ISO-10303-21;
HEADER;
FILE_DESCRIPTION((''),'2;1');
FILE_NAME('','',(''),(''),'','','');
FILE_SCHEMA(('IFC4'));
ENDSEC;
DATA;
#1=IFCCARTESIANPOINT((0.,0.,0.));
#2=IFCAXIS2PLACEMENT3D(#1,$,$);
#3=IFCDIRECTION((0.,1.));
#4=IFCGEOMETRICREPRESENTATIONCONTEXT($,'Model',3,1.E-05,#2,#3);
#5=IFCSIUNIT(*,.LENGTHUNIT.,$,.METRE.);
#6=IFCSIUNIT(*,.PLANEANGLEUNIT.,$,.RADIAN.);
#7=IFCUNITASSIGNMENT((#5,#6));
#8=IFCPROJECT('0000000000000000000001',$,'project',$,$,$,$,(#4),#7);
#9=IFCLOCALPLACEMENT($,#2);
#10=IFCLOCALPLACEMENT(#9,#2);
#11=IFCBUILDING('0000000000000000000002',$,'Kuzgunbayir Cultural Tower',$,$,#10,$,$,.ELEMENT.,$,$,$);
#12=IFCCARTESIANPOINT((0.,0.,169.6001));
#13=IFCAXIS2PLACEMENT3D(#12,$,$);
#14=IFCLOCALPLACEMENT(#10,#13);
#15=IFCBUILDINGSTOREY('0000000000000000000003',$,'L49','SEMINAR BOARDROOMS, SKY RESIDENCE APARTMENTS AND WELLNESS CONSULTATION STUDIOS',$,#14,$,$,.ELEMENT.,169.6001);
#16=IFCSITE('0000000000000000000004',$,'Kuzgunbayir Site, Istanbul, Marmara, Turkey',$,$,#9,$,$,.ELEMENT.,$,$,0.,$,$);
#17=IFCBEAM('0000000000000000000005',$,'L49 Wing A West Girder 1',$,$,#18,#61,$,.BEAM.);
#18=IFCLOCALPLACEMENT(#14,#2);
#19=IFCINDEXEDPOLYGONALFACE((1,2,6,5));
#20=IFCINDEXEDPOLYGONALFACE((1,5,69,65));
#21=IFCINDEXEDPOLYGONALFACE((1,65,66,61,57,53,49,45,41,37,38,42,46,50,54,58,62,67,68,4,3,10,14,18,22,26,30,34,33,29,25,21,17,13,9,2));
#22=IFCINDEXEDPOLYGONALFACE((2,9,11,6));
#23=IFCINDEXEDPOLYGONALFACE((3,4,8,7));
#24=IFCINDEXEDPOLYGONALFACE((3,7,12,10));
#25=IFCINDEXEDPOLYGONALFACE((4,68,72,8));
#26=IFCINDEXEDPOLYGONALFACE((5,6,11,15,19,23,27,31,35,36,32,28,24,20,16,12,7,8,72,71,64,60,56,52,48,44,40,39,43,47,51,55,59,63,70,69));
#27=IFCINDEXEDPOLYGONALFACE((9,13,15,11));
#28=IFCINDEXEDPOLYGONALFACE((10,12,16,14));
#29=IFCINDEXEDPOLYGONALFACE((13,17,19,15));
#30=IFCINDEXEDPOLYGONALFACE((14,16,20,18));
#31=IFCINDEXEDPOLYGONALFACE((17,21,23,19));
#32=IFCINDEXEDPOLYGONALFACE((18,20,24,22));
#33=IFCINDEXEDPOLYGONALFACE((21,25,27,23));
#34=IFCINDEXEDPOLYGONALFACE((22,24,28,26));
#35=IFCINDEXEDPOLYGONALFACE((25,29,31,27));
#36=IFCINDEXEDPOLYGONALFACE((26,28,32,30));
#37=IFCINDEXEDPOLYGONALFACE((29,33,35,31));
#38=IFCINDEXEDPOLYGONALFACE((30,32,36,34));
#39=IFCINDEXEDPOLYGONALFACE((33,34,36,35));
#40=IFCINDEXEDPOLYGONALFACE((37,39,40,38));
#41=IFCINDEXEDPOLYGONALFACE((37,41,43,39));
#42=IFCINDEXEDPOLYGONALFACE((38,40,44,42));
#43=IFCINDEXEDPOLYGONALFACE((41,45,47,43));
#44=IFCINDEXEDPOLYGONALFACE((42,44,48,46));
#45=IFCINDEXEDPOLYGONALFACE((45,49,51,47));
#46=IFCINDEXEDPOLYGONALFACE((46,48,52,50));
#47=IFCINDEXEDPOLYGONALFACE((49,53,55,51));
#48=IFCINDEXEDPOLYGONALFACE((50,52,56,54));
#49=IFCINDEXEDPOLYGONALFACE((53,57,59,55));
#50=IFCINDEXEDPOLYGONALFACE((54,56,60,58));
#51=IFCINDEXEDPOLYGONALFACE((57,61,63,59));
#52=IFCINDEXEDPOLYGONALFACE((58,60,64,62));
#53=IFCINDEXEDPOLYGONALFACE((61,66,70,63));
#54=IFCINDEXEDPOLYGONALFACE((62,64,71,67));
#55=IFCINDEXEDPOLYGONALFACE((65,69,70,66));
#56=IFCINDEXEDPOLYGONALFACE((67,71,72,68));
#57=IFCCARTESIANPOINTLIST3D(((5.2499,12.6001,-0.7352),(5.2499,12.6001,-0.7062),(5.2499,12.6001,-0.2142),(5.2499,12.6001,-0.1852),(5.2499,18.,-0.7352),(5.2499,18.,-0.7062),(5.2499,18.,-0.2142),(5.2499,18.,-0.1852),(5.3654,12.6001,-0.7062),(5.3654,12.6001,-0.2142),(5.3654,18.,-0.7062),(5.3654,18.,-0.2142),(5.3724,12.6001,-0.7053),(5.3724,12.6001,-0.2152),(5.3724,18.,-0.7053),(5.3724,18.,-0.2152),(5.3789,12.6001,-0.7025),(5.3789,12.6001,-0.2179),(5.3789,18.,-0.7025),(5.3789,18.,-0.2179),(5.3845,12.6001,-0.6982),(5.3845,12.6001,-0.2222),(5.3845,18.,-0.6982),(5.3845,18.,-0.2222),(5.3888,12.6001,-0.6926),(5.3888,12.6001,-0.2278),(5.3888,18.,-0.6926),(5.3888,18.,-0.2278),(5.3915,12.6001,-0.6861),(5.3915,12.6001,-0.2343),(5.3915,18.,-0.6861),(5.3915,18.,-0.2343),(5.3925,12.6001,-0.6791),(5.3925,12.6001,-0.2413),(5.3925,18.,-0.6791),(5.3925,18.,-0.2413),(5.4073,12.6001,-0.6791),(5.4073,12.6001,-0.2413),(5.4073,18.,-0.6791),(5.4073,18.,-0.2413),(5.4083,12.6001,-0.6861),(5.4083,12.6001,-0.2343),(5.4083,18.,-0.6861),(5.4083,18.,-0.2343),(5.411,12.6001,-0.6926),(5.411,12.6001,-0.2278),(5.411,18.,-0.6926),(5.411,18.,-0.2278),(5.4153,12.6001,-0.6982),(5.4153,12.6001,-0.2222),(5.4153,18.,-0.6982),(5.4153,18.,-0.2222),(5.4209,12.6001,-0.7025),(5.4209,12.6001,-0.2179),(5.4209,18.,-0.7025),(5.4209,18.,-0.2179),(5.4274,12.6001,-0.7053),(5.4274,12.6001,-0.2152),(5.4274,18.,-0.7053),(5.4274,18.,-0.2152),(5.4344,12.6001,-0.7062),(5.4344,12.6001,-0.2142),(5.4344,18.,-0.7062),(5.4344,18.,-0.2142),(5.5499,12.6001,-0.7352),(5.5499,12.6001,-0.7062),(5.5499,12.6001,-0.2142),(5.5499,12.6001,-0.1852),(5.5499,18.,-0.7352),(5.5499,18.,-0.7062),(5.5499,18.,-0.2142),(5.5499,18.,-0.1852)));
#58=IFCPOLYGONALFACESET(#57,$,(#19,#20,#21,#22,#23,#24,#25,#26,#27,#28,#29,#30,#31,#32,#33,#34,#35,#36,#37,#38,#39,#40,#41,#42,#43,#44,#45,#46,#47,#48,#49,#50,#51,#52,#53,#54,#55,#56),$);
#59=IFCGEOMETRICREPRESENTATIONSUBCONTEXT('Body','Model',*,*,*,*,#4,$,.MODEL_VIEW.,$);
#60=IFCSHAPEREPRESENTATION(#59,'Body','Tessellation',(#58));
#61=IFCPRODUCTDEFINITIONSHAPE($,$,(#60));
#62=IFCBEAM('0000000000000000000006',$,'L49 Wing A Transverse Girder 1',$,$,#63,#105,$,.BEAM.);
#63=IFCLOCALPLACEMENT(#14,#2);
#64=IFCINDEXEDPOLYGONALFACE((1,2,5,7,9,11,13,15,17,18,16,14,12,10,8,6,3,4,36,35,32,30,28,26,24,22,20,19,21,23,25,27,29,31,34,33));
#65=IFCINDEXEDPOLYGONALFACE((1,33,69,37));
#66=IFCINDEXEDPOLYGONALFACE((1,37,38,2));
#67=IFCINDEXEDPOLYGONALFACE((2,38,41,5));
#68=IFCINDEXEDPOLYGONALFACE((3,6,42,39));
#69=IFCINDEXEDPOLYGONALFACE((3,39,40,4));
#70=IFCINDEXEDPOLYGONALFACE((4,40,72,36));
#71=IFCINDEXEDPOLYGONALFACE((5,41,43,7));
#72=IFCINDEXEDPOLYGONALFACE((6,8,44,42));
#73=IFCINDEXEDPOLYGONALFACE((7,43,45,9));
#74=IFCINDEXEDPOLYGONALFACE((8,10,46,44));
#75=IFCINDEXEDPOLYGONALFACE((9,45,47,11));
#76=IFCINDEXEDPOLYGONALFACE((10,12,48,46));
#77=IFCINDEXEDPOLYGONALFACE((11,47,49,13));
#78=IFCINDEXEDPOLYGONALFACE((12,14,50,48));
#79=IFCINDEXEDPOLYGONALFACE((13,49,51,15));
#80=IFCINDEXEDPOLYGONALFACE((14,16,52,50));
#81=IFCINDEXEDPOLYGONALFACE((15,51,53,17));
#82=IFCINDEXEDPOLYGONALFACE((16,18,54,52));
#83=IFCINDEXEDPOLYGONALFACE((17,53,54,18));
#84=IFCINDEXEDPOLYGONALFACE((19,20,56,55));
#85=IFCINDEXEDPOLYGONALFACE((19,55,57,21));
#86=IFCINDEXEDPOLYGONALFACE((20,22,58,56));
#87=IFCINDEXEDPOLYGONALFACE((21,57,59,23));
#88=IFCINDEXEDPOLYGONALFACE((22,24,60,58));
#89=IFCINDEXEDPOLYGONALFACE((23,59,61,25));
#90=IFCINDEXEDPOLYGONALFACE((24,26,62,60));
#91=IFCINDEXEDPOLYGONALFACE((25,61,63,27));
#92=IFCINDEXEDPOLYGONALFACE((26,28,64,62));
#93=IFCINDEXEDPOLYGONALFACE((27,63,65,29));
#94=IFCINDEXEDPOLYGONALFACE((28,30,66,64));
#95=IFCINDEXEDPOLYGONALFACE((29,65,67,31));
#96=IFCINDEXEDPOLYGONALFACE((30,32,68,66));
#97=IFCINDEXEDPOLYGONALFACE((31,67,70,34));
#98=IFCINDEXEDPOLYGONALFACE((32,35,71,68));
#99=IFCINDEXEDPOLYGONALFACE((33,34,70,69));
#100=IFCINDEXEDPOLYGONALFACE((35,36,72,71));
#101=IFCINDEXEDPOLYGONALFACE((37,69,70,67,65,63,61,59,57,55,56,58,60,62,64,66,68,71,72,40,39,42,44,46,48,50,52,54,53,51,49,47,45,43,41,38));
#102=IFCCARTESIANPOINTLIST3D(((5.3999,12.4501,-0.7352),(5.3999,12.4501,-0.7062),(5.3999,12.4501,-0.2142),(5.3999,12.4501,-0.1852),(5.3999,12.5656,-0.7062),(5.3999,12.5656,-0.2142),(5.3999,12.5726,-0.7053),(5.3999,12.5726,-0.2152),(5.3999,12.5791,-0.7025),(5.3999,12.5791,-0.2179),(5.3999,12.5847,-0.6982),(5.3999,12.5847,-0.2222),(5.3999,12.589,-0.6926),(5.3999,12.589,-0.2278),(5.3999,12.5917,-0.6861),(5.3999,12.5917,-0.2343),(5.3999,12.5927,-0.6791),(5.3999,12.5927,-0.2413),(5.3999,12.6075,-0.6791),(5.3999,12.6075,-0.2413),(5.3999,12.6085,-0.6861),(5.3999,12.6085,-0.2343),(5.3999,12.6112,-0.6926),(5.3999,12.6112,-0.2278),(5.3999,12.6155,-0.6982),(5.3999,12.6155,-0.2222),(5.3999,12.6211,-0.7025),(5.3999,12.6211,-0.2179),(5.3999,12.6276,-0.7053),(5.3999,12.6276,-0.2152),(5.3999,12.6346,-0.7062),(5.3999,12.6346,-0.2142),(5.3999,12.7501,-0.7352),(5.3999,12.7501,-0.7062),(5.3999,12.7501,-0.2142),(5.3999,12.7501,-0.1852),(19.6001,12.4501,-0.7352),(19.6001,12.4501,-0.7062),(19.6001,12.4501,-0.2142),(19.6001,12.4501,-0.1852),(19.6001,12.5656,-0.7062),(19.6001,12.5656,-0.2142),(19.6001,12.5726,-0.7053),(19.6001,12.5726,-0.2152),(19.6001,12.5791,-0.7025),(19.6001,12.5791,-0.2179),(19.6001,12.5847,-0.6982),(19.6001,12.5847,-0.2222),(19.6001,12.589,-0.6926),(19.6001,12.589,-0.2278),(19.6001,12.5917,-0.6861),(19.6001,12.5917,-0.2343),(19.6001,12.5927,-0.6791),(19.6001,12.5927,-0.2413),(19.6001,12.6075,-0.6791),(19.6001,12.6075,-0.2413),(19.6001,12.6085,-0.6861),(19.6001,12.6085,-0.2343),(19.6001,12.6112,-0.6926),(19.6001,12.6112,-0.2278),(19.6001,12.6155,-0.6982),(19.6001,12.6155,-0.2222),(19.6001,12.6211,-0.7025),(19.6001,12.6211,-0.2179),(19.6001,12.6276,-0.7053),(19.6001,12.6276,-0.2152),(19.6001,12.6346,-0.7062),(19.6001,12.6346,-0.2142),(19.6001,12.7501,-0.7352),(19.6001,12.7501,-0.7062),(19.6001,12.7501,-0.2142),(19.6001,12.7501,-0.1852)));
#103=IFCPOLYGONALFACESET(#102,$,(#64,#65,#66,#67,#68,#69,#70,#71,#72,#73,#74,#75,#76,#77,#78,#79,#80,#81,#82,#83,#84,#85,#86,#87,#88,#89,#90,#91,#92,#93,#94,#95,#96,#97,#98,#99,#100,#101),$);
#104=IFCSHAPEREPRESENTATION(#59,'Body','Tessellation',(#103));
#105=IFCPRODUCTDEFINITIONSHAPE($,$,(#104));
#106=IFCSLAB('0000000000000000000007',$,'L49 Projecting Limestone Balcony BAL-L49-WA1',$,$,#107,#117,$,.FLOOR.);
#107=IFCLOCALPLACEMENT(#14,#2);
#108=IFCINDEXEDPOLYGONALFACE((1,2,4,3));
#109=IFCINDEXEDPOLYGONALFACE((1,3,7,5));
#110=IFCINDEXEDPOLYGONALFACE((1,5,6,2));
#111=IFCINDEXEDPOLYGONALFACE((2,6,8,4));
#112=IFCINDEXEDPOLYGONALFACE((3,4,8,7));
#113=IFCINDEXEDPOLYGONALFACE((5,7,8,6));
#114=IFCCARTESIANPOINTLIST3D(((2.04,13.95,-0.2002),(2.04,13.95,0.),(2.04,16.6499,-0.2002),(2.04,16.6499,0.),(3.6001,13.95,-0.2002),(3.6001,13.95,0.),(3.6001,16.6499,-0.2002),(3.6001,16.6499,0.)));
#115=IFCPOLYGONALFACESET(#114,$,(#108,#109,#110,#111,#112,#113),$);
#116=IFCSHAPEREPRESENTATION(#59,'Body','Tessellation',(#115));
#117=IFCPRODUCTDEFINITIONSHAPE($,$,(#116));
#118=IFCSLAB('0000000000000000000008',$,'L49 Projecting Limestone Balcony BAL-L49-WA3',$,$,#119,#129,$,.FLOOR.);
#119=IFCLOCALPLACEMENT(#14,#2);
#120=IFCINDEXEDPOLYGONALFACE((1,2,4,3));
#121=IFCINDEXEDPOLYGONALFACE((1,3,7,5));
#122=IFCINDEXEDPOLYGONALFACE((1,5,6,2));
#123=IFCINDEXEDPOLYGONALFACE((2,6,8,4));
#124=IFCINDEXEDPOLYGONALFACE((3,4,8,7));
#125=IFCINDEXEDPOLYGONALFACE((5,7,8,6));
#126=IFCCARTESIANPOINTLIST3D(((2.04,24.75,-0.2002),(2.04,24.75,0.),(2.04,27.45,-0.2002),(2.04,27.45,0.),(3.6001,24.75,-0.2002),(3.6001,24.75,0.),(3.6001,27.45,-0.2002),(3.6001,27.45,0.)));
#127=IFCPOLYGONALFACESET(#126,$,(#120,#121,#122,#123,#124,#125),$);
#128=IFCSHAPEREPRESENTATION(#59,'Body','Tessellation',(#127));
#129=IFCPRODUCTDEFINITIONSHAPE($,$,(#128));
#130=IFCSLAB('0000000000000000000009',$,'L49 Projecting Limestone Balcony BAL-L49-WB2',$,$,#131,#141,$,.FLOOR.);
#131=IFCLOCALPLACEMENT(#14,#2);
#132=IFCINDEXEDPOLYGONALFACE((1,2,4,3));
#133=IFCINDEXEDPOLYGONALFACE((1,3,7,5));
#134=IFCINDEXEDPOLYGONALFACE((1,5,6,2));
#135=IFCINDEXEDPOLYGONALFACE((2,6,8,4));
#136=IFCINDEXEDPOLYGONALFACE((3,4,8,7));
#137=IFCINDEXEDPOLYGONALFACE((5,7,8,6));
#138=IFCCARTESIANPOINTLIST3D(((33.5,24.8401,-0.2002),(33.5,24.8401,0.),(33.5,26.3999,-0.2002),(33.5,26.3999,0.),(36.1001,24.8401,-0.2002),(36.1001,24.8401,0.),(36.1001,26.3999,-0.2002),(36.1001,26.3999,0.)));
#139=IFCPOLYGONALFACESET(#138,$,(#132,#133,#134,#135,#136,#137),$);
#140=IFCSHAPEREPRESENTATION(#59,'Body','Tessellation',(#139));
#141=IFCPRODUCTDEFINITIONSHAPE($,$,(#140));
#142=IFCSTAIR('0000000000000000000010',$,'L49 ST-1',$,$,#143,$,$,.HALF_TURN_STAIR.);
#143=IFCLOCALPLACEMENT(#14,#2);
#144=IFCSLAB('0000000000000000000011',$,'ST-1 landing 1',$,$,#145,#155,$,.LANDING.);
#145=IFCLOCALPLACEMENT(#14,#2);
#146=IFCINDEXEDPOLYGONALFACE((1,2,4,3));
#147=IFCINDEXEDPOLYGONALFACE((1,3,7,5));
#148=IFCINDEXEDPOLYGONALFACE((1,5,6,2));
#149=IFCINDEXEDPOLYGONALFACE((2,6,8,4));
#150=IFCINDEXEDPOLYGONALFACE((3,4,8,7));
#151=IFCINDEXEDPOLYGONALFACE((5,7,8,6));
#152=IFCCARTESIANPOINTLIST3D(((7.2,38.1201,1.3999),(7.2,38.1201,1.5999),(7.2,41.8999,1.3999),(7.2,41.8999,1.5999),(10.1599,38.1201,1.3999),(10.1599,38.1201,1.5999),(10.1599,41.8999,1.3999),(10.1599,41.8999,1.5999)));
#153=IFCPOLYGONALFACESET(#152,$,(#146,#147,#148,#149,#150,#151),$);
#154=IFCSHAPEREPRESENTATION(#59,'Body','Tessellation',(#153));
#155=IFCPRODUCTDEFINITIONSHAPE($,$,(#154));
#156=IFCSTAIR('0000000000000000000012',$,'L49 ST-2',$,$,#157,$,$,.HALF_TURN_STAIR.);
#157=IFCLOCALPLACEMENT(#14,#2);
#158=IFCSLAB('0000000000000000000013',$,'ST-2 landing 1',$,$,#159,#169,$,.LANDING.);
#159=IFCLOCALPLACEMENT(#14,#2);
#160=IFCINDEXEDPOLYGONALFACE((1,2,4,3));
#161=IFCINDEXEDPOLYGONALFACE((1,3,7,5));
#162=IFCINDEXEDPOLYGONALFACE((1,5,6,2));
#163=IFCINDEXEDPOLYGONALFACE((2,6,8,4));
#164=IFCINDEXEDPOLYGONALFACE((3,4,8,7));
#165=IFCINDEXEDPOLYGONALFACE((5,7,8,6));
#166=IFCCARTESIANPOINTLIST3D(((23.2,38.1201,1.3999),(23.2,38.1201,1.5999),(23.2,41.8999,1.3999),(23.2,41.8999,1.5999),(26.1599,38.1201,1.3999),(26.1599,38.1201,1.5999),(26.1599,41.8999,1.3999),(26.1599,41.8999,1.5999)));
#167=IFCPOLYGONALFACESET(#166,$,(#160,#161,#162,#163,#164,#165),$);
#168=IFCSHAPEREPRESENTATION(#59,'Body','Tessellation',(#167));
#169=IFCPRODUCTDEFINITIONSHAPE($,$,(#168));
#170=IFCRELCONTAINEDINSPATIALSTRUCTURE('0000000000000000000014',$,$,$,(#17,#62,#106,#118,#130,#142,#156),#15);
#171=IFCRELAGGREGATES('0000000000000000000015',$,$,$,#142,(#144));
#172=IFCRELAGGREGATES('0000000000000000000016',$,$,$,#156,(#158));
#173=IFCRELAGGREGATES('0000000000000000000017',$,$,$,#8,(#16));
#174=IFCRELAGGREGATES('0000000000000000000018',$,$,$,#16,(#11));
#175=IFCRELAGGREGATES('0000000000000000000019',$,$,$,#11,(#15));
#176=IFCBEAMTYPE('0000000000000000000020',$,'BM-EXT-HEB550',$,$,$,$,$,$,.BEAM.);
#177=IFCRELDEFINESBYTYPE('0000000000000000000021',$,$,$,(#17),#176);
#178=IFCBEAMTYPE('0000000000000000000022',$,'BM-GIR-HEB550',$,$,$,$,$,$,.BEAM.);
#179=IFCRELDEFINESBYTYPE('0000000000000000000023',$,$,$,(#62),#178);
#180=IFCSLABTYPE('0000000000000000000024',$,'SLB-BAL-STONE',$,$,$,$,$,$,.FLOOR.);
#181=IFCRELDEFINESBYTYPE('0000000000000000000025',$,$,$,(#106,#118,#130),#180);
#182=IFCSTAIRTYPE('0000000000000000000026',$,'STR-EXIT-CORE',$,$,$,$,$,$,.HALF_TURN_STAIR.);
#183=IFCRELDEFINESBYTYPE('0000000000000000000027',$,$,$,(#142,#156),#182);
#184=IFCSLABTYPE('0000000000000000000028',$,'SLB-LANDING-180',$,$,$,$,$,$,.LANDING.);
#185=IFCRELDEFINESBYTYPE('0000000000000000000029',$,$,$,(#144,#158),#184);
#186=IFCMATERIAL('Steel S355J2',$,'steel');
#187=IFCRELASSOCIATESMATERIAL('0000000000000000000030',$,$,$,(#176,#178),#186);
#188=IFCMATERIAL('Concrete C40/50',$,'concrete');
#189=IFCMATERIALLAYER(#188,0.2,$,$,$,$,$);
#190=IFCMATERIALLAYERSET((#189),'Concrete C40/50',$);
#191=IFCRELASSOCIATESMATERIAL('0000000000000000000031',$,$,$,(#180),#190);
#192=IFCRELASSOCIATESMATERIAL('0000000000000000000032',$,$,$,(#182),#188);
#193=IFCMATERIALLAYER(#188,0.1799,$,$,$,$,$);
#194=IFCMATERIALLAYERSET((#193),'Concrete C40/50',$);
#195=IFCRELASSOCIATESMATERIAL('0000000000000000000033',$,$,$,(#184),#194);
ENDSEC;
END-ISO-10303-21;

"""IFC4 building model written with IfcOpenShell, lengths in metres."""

from ifc_helpers import new_model, si_unit, direction, frame, origin, origin_2d, place, context, subcontext, project, spatial, polyline, i_section, outline, extrude, material, layer, layer_set, material_profile, profile_set, type_object, element, aggregate, save


model = new_model("IFC4")

# Units and contexts
model_context = context("Model", 3, precision=1e-05, world=origin(), true_north=direction((0.0, 1.0)))
body_context = subcontext(model_context, "Body", "Model", "MODEL_VIEW")
ifc_project = project(units=[si_unit("LENGTHUNIT", "METRE"), si_unit("PLANEANGLEUNIT", "RADIAN")], contexts=[model_context])

# Site, building, storey
site_placement = place(None, origin())
site = spatial("IfcSite", under=ifc_project, at=site_placement, Name="Kuzgunbayir Site, Istanbul, Marmara, Turkey", CompositionType="ELEMENT", RefElevation=0.0)
building_placement = place(site_placement, origin())
building = spatial("IfcBuilding", under=site, at=building_placement, Name="Kuzgunbayir Cultural Tower", CompositionType="ELEMENT")
storey_placement = place(building_placement, frame((0.0, 0.0, 169.6001)))
storey = spatial("IfcBuildingStorey", under=building, at=storey_placement, Name="L49", Description="SEMINAR BOARDROOMS, SKY RESIDENCE APARTMENTS AND WELLNESS CONSULTATION STUDIOS", CompositionType="ELEMENT", Elevation=169.6001)

# Beams
ifc_material_1 = material(Name="Steel S355J2", Category="steel")
ifc_material_profile_1 = material_profile(ifc_material_1, i_section(OverallWidth=0.3, OverallDepth=0.55, WebThickness=0.0149, FlangeThickness=0.0291, FilletRadius=0.0271, at=origin_2d()), Name="HEB 550")
ifc_profile_set_1 = profile_set([ifc_material_profile_1], Name="Steel S355J2")
beam_type_1 = type_object("IfcBeamType", Name="BM-EXT-HEB550", PredefinedType="BEAM", material=ifc_profile_set_1)
beam_1_placement = place(storey_placement, frame((5.3999, 12.6001, -0.4602), z_axis=(0.0, 1.0, 0.0), x_axis=(-1.0, 0.0, 0.0)))
element("IfcBeam", 1, at=beam_1_placement, inside=storey, type_object=beam_type_1, Name="L49 Wing A West Girder 1", PredefinedType="BEAM", context=body_context, shape_type="SweptSolid", body=[
    extrude(i_section(OverallWidth=0.3, OverallDepth=0.55, WebThickness=0.0149, FlangeThickness=0.0291, FilletRadius=0.0271, at=origin_2d()), origin(), (0.0, 0.0, 1.0), 5.3999),
])
ifc_material_profile_2 = material_profile(ifc_material_1, i_section(OverallWidth=0.3, OverallDepth=0.55, WebThickness=0.0149, FlangeThickness=0.0291, FilletRadius=0.0271, at=origin_2d()), Name="HEB 550")
ifc_profile_set_2 = profile_set([ifc_material_profile_2], Name="Steel S355J2")
beam_type_2 = type_object("IfcBeamType", Name="BM-GIR-HEB550", PredefinedType="BEAM", material=ifc_profile_set_2)
beam_2_placement = place(storey_placement, frame((5.3999, 12.6001, -0.4602), z_axis=(1.0, 0.0, 0.0), x_axis=(0.0, 1.0, 0.0)))
element("IfcBeam", 2, at=beam_2_placement, inside=storey, type_object=beam_type_2, Name="L49 Wing A Transverse Girder 1", PredefinedType="BEAM", context=body_context, shape_type="SweptSolid", body=[
    extrude(i_section(OverallWidth=0.3, OverallDepth=0.55, WebThickness=0.0149, FlangeThickness=0.0291, FilletRadius=0.0271, at=origin_2d()), origin(), (0.0, 0.0, 1.0), 14.2002),
])

# Slabs
ifc_material_2 = material(Name="Concrete C40/50", Category="concrete")
ifc_layer_1 = layer(ifc_material_2, 0.2)
ifc_layer_set_1 = layer_set([ifc_layer_1], Name="Concrete C40/50")
slab_type_1 = type_object("IfcSlabType", Name="SLB-BAL-STONE", PredefinedType="FLOOR", material=ifc_layer_set_1)
slab_1_placement = place(storey_placement, frame((0.0, 0.0, -0.2002)))
element("IfcSlab", 3, at=slab_1_placement, inside=storey, type_object=slab_type_1, Name="L49 Projecting Limestone Balcony BAL-L49-WA1", PredefinedType="FLOOR", context=body_context, shape_type="SweptSolid", body=[
    extrude(outline(polyline([(2.04, 13.95), (3.6001, 13.95), (3.6001, 16.6499), (2.04, 16.6499), (2.04, 13.95)])), origin(), (0.0, 0.0, 1.0), 0.2002),
])
slab_2_placement = place(storey_placement, frame((0.0, 0.0, -0.2002)))
element("IfcSlab", 4, at=slab_2_placement, inside=storey, type_object=slab_type_1, Name="L49 Projecting Limestone Balcony BAL-L49-WA3", PredefinedType="FLOOR", context=body_context, shape_type="SweptSolid", body=[
    extrude(outline(polyline([(2.04, 24.75), (3.6001, 24.75), (3.6001, 27.45), (2.04, 27.45), (2.04, 24.75)])), origin(), (0.0, 0.0, 1.0), 0.2002),
])
slab_3_placement = place(storey_placement, frame((0.0, 0.0, -0.2002)))
element("IfcSlab", 5, at=slab_3_placement, inside=storey, type_object=slab_type_1, Name="L49 Projecting Limestone Balcony BAL-L49-WB2", PredefinedType="FLOOR", context=body_context, shape_type="SweptSolid", body=[
    extrude(outline(polyline([(33.5, 24.8401), (36.1001, 24.8401), (36.1001, 26.3999), (33.5, 26.3999), (33.5, 24.8401)])), origin(), (0.0, 0.0, 1.0), 0.2002),
])

# Stairs, slabs
stair_type = type_object("IfcStairType", Name="STR-EXIT-CORE", PredefinedType="HALF_TURN_STAIR", material=ifc_material_2)
stair_1_placement = place(storey_placement, origin())
stair_1 = element("IfcStair", 6, at=stair_1_placement, inside=storey, type_object=stair_type, Name="L49 ST-1", PredefinedType="HALF_TURN_STAIR")
ifc_layer_2 = layer(ifc_material_2, 0.1799)
ifc_layer_set_2 = layer_set([ifc_layer_2], Name="Concrete C40/50")
slab_type_2 = type_object("IfcSlabType", Name="SLB-LANDING-180", PredefinedType="LANDING", material=ifc_layer_set_2)
slab_4_placement = place(storey_placement, frame((0.0, 0.0, 1.3999)))
slab_4 = element("IfcSlab", 7, at=slab_4_placement, type_object=slab_type_2, Name="ST-1 landing 1", PredefinedType="LANDING", context=body_context, shape_type="SweptSolid", body=[
    extrude(outline(polyline([(10.1599, 38.1201), (10.1599, 41.8999), (7.2, 41.8999), (7.2, 38.1201), (10.1599, 38.1201)])), origin(), (0.0, 0.0, 1.0), 0.2),
])
aggregate(stair_1, [slab_4])
stair_2_placement = place(storey_placement, origin())
stair_2 = element("IfcStair", 8, at=stair_2_placement, inside=storey, type_object=stair_type, Name="L49 ST-2", PredefinedType="HALF_TURN_STAIR")
slab_5_placement = place(storey_placement, frame((0.0, 0.0, 1.3999)))
slab_5 = element("IfcSlab", 9, at=slab_5_placement, type_object=slab_type_2, Name="ST-2 landing 1", PredefinedType="LANDING", context=body_context, shape_type="SweptSolid", body=[
    extrude(outline(polyline([(26.1599, 38.1201), (26.1599, 41.8999), (23.2, 41.8999), (23.2, 38.1201), (26.1599, 38.1201)])), origin(), (0.0, 0.0, 1.0), 0.2),
])
aggregate(stair_2, [slab_5])

save(model, "model.ifc")
